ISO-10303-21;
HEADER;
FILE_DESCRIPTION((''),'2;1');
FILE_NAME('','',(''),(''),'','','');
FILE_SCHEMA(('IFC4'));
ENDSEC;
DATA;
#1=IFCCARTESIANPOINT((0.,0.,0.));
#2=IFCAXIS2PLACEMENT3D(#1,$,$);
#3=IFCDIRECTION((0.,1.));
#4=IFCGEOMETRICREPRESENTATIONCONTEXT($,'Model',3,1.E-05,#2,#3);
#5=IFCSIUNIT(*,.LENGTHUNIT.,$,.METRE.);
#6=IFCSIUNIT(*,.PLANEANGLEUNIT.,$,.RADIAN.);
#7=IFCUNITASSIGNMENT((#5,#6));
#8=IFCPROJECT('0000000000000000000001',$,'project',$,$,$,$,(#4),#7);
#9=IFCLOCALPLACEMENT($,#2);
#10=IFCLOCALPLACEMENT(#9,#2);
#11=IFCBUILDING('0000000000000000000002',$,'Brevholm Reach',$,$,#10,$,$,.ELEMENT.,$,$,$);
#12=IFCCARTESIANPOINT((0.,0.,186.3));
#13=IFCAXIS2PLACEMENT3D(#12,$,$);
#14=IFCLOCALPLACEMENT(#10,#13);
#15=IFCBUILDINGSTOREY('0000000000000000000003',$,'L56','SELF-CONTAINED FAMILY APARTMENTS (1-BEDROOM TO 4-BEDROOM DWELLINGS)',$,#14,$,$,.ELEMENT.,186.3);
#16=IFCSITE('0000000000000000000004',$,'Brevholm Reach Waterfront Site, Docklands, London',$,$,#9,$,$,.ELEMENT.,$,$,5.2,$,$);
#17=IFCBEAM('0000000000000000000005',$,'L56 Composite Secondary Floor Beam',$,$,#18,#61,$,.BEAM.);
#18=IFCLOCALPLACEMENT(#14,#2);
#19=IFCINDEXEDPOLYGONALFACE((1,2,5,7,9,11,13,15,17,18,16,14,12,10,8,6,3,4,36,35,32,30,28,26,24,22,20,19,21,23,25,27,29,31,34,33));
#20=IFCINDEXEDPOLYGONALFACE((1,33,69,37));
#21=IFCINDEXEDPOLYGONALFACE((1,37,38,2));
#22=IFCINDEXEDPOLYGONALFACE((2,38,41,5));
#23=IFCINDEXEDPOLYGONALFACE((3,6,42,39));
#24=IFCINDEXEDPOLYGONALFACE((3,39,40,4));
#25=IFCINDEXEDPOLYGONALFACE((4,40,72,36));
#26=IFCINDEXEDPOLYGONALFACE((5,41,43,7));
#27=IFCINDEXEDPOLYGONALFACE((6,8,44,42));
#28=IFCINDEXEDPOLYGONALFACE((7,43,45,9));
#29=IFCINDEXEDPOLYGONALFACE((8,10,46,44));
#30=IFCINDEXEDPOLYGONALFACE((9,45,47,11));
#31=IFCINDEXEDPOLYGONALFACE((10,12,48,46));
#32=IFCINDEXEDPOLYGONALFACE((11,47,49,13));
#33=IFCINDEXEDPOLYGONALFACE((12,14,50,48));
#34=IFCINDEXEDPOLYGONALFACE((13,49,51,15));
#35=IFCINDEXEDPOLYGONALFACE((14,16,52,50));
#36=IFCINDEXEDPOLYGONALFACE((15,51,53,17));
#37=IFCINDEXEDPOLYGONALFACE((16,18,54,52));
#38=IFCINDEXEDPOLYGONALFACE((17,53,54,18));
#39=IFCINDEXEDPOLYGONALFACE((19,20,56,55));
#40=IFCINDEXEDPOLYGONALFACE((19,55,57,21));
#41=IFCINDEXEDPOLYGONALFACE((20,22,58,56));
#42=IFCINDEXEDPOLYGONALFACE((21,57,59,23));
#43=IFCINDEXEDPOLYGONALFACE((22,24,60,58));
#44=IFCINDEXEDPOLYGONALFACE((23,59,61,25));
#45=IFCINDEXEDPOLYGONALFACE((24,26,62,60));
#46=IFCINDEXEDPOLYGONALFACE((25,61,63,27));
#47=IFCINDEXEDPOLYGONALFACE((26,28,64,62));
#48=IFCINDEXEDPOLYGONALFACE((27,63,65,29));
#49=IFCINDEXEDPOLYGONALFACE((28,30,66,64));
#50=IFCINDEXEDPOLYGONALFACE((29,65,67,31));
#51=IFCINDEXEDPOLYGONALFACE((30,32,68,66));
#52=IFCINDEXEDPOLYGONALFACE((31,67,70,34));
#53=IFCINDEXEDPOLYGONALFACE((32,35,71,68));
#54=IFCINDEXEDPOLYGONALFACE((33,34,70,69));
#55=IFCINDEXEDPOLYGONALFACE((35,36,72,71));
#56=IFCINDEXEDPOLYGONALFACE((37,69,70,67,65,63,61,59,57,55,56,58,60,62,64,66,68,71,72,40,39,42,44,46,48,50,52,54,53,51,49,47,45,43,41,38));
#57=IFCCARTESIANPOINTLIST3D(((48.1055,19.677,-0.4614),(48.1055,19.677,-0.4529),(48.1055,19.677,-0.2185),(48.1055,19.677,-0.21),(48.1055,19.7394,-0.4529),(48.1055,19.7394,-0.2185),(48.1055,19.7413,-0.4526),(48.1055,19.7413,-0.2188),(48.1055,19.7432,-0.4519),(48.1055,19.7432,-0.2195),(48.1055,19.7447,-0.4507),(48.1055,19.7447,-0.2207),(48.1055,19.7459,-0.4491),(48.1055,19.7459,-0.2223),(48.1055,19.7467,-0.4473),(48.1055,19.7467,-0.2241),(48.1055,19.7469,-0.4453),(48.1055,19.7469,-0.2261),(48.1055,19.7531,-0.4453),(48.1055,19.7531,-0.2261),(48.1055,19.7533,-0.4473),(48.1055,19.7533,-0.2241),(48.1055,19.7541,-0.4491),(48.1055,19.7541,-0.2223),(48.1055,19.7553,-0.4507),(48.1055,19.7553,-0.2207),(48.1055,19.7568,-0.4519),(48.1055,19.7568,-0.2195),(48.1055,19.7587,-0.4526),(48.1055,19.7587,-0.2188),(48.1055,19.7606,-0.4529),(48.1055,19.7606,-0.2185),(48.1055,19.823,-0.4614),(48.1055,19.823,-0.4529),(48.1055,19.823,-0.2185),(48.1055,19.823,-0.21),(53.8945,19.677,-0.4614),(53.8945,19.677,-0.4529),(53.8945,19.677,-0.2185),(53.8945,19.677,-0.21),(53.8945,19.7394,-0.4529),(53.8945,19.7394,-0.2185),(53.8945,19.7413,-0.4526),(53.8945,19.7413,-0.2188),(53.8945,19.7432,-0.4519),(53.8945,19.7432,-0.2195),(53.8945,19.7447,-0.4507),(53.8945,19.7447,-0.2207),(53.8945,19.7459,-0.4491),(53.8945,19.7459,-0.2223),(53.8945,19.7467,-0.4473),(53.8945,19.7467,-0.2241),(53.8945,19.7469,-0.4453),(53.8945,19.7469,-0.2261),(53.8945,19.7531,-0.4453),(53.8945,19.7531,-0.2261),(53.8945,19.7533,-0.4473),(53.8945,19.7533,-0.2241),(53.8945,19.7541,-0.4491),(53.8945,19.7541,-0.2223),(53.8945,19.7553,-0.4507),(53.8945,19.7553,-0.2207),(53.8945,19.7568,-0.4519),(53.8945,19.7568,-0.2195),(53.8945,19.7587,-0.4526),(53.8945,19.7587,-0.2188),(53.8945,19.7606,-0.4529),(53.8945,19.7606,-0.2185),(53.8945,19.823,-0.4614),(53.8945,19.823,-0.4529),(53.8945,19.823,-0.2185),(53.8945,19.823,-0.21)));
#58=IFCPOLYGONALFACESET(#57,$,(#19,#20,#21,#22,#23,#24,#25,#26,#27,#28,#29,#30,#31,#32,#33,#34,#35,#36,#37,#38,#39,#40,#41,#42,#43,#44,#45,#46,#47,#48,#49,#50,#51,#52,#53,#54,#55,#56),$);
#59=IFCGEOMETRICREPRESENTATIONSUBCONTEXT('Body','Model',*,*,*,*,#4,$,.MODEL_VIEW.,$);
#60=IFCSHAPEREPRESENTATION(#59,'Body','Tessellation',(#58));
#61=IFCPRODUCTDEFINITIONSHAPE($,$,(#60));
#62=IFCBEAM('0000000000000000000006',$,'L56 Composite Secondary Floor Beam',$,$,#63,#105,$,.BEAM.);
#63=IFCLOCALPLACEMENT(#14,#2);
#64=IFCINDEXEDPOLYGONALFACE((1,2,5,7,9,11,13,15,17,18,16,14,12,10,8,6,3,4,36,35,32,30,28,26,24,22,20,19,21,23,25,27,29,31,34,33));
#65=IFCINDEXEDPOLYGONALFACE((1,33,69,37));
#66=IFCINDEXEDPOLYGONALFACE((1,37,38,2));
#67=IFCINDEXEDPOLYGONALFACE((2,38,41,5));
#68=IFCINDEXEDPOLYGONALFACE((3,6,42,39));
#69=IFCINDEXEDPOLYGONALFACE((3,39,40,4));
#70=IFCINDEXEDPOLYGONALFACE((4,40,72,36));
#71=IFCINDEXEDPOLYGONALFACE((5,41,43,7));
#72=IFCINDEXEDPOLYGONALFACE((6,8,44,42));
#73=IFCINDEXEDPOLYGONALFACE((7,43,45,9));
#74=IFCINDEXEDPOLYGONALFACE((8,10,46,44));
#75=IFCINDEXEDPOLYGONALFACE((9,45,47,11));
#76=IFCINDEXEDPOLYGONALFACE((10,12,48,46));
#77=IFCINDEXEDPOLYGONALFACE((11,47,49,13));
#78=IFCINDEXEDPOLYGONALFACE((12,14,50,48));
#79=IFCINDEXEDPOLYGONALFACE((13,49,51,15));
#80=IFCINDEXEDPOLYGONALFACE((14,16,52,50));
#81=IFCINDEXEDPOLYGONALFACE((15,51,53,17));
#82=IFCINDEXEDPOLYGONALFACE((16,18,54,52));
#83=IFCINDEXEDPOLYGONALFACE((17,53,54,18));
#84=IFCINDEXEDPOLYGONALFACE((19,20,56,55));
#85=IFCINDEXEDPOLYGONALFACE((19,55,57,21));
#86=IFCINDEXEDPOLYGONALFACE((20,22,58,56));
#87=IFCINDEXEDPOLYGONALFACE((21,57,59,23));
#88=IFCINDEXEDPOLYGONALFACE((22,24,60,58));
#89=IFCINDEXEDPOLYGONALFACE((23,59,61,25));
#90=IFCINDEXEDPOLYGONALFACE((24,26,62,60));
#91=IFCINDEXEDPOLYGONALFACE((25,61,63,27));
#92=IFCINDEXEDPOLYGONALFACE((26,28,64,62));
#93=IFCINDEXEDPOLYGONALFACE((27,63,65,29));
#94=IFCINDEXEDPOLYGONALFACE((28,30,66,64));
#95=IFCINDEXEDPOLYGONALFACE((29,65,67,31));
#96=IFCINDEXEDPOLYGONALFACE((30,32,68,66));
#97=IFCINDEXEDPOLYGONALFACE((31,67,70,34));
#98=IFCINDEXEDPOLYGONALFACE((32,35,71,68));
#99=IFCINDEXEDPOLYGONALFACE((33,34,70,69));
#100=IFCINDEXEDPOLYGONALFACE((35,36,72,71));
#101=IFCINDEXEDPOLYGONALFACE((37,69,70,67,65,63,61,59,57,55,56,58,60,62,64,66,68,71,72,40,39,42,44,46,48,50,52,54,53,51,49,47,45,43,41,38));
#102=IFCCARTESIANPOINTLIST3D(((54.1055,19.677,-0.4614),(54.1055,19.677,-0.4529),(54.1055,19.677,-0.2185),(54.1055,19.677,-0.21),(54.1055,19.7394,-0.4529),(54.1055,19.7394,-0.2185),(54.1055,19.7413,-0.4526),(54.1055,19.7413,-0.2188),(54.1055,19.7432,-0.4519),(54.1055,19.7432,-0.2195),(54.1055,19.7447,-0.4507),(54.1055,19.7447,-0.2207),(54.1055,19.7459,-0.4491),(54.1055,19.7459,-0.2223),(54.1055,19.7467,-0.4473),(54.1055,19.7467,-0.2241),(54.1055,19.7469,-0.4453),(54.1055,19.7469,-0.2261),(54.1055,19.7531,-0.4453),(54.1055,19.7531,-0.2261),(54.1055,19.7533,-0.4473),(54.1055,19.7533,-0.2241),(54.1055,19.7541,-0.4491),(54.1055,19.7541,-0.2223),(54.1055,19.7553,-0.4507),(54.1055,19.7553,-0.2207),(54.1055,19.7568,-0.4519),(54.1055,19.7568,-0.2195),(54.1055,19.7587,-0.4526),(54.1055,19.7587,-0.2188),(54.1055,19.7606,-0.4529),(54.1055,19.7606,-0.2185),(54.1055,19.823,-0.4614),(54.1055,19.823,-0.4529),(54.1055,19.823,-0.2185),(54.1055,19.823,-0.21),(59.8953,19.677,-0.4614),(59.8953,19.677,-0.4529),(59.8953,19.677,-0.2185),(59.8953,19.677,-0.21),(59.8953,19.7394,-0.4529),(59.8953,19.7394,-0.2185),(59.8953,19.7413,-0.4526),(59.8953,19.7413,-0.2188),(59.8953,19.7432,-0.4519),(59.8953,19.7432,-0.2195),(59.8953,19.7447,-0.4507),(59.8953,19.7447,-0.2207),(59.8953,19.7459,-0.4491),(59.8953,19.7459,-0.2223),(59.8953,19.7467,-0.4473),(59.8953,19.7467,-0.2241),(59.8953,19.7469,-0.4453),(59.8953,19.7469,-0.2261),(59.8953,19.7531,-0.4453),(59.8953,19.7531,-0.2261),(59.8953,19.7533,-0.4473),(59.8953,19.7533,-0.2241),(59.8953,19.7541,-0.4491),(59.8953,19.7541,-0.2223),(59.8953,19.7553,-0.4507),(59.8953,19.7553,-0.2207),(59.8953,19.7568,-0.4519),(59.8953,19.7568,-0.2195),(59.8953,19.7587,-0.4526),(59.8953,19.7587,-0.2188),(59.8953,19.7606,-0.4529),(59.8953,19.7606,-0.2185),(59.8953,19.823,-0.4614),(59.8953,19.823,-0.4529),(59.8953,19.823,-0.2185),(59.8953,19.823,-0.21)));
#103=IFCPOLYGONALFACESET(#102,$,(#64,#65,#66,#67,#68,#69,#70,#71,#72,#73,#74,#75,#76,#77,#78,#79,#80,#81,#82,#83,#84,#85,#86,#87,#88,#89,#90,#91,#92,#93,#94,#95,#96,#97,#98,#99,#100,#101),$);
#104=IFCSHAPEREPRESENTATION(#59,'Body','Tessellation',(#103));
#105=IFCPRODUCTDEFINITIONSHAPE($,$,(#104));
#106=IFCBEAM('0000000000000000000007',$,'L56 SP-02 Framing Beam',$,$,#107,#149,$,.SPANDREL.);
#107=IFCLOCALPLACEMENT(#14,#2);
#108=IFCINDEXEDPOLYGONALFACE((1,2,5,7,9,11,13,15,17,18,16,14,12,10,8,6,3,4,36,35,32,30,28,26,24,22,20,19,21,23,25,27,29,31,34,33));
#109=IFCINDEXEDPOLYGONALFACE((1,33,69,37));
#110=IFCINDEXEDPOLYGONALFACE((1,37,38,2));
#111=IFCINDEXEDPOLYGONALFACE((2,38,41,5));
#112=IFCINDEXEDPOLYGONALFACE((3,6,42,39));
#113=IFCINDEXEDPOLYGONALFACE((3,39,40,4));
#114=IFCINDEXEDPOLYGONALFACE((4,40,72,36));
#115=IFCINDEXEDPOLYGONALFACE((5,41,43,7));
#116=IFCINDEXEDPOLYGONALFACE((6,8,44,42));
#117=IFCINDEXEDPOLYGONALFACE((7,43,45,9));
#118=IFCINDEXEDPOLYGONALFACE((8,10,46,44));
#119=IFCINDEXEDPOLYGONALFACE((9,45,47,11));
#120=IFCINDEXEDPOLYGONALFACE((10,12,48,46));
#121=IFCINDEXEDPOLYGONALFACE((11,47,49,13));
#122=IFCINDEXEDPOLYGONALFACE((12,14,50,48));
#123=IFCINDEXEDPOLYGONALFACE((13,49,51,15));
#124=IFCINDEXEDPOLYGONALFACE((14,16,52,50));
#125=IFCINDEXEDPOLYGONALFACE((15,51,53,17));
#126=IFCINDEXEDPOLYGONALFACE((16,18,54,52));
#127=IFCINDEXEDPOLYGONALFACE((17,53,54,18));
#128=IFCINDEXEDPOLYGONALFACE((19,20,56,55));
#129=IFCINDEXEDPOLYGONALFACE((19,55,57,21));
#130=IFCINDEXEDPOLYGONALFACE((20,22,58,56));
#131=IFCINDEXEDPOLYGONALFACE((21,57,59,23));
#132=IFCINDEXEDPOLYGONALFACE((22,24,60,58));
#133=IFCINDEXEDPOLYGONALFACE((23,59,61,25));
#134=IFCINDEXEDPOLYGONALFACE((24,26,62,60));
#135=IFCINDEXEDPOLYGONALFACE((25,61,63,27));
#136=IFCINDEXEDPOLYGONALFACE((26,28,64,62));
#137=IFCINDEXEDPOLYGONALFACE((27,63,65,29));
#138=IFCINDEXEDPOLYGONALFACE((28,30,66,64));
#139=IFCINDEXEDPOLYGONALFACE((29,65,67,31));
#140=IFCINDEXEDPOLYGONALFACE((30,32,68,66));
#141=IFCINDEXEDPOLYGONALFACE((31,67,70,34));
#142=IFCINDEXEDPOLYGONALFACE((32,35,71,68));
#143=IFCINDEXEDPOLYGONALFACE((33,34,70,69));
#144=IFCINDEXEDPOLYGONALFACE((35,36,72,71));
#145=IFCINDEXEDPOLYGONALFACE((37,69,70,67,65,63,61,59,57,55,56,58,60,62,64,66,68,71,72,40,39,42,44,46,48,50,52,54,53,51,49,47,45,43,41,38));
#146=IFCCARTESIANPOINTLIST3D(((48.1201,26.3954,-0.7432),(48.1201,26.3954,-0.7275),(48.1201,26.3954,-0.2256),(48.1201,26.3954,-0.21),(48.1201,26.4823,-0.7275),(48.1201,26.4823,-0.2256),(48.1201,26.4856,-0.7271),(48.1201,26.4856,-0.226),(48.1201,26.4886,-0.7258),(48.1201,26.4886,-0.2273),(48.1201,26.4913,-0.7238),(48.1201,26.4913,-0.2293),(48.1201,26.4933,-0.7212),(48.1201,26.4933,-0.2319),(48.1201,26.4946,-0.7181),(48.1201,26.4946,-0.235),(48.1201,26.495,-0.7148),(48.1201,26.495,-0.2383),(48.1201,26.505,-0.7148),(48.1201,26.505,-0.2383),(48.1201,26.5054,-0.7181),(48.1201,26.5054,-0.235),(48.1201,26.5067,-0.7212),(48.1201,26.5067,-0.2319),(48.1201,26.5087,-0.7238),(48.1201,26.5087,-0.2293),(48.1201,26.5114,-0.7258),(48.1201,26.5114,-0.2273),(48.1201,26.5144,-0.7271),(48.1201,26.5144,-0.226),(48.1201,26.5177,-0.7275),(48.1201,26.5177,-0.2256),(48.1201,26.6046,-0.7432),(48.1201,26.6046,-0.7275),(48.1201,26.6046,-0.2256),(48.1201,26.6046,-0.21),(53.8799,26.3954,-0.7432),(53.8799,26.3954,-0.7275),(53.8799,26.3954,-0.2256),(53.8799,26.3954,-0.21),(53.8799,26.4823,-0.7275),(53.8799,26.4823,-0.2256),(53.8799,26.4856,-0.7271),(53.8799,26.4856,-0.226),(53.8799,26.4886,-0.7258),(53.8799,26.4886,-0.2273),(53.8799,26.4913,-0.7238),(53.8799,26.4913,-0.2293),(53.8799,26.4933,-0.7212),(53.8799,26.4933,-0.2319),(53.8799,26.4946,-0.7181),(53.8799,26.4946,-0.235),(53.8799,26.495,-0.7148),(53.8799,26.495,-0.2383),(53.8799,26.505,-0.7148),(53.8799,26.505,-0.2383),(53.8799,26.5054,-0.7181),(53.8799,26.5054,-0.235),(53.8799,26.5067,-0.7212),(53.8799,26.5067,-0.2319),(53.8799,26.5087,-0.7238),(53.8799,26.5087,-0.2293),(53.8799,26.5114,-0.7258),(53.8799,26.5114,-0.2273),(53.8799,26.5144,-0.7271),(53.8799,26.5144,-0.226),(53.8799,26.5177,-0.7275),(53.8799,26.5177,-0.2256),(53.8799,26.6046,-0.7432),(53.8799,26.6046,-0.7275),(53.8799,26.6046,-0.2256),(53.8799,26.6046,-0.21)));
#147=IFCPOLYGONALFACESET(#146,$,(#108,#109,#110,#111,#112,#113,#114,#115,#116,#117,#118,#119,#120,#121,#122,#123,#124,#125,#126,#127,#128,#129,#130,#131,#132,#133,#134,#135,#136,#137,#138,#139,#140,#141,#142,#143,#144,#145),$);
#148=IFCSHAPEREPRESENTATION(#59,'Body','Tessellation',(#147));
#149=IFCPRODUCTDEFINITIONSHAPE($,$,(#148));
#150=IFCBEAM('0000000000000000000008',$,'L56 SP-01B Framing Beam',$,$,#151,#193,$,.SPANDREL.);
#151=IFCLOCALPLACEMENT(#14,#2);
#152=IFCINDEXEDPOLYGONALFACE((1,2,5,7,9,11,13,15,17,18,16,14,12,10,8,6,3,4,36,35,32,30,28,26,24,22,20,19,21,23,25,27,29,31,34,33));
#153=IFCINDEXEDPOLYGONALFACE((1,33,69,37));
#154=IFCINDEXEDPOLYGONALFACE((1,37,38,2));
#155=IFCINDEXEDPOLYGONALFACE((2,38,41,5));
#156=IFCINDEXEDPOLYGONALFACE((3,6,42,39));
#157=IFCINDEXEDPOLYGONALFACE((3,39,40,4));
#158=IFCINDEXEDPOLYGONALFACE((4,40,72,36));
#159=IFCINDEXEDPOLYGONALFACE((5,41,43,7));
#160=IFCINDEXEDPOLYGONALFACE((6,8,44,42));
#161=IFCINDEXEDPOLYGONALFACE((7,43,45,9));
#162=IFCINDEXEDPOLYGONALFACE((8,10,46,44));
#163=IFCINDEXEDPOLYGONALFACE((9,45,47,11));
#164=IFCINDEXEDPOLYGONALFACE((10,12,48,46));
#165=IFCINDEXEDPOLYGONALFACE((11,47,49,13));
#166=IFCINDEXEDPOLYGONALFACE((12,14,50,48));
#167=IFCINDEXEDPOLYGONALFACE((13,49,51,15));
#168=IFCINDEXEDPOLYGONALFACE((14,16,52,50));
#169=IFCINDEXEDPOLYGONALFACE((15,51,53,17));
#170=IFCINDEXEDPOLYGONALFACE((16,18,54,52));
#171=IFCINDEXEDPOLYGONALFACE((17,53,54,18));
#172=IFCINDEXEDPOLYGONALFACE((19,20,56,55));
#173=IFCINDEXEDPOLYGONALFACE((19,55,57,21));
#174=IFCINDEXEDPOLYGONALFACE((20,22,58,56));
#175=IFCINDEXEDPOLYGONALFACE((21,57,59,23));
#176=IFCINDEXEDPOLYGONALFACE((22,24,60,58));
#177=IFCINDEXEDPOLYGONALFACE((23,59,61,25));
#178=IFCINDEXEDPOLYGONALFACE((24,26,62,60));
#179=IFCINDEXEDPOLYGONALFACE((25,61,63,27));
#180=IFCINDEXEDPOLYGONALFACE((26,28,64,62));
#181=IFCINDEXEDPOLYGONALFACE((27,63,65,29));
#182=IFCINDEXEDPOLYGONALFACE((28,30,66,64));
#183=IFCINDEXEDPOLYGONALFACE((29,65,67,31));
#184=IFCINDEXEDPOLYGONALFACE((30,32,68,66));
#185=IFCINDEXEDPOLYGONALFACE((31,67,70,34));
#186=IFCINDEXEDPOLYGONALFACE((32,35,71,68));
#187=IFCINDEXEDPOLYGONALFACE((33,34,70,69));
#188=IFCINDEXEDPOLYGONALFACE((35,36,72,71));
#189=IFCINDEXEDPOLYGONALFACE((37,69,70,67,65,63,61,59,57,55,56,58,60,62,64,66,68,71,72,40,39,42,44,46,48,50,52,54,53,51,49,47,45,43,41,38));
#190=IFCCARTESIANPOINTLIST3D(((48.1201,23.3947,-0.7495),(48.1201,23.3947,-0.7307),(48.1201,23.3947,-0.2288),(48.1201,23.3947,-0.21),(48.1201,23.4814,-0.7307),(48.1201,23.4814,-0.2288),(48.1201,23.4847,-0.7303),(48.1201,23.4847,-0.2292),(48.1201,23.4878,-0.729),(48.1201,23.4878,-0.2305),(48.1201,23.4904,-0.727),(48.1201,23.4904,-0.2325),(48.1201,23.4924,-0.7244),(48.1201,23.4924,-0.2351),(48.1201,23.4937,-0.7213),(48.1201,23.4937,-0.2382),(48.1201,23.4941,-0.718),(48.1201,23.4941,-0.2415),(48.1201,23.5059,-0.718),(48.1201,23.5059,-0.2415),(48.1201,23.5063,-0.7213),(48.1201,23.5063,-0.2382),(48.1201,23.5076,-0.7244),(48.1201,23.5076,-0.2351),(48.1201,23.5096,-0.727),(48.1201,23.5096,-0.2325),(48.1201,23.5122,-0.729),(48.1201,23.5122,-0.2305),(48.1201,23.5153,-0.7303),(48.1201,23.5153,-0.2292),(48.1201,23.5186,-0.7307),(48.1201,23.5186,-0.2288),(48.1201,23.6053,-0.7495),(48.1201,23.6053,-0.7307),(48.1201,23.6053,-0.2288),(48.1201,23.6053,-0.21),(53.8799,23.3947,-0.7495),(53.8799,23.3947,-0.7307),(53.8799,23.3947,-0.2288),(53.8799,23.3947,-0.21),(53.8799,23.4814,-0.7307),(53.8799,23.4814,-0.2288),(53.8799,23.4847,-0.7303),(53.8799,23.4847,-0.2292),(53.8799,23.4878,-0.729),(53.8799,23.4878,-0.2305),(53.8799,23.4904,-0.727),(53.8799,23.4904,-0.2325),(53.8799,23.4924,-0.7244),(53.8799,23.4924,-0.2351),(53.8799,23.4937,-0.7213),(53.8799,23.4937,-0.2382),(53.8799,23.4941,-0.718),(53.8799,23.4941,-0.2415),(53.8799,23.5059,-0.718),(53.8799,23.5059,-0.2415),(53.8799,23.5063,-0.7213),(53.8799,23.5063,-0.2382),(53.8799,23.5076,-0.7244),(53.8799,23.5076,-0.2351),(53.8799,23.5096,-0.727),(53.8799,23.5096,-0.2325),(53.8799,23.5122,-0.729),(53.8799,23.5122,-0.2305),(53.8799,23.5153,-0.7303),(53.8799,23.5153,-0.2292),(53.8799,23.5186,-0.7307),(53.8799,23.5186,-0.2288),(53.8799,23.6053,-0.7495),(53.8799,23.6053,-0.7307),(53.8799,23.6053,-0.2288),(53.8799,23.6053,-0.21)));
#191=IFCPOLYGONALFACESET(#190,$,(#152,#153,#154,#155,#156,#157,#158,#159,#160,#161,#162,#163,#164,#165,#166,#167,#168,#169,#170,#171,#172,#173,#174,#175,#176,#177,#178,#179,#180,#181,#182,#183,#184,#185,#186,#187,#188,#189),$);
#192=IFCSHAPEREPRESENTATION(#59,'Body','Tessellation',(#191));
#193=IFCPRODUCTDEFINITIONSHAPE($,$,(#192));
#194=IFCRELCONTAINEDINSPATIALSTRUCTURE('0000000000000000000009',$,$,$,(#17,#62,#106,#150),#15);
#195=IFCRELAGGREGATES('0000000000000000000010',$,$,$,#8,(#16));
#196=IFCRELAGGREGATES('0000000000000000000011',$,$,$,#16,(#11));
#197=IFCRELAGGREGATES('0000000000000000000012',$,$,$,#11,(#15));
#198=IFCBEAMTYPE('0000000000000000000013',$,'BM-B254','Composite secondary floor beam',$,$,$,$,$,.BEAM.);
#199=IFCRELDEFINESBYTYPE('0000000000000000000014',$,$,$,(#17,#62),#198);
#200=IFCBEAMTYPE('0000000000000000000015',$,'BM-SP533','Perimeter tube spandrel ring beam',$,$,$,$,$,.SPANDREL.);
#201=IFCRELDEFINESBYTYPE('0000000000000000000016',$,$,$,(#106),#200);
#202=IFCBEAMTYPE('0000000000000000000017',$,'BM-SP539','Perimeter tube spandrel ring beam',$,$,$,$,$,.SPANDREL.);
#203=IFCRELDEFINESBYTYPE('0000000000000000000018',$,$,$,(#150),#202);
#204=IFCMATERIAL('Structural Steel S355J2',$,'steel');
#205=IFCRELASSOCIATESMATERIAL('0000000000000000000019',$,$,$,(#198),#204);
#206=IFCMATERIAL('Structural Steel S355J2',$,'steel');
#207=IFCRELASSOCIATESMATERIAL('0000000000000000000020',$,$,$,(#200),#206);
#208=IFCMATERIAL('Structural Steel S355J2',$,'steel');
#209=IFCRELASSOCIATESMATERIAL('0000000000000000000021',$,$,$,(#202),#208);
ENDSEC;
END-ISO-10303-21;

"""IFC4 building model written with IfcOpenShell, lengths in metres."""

from ifc_helpers import new_model, si_unit, direction, frame, origin, origin_2d, place, context, subcontext, project, spatial, i_section, extrude, material, material_profile, profile_set, type_object, element, save


model = new_model("IFC4")

# Units and contexts
model_context = context("Model", 3, precision=1e-05, world=origin(), true_north=direction((0.0, 1.0)))
body_context = subcontext(model_context, "Body", "Model", "MODEL_VIEW")
ifc_project = project(units=[si_unit("LENGTHUNIT", "METRE"), si_unit("PLANEANGLEUNIT", "RADIAN")], contexts=[model_context])

# Site, building, storey
site_placement = place(None, origin())
site = spatial("IfcSite", under=ifc_project, at=site_placement, Name="Brevholm Reach Waterfront Site, Docklands, London", CompositionType="ELEMENT", RefElevation=5.2)
building_placement = place(site_placement, origin())
building = spatial("IfcBuilding", under=site, at=building_placement, Name="Brevholm Reach", CompositionType="ELEMENT")
storey_placement = place(building_placement, frame((0.0, 0.0, 186.3)))
storey = spatial("IfcBuildingStorey", under=building, at=storey_placement, Name="L56", Description="SELF-CONTAINED FAMILY APARTMENTS (1-BEDROOM TO 4-BEDROOM DWELLINGS)", CompositionType="ELEMENT", Elevation=186.3)

# Beams
ifc_material_1 = material(Name="Structural Steel S355J2", Category="steel")
ifc_material_profile_1 = material_profile(ifc_material_1, i_section(OverallWidth=0.146, OverallDepth=0.2515, WebThickness=0.0061, FlangeThickness=0.0085, FilletRadius=0.0076, at=origin_2d()), Name="UKB 254x146x31")
ifc_profile_set_1 = profile_set([ifc_material_profile_1], Name="Structural Steel S355J2")
beam_type_1 = type_object("IfcBeamType", Name="BM-B254", Description="Composite secondary floor beam", PredefinedType="BEAM", material=ifc_profile_set_1)
beam_1_placement = place(storey_placement, frame((48.1055, 19.75, -0.3357), z_axis=(1.0, 0.0, 0.0), x_axis=(0.0, 1.0, 0.0)))
element("IfcBeam", 1, at=beam_1_placement, inside=storey, type_object=beam_type_1, Name="L56 Composite Secondary Floor Beam", PredefinedType="BEAM", context=body_context, shape_type="SweptSolid", body=[
    extrude(i_section(OverallWidth=0.146, OverallDepth=0.2515, WebThickness=0.0061, FlangeThickness=0.0085, FilletRadius=0.0076, at=origin_2d()), origin(), (0.0, 0.0, 1.0), 5.7891),
])
beam_2_placement = place(storey_placement, frame((54.1055, 19.75, -0.3357), z_axis=(1.0, 0.0, 0.0), x_axis=(0.0, 1.0, 0.0)))
element("IfcBeam", 2, at=beam_2_placement, inside=storey, type_object=beam_type_1, Name="L56 Composite Secondary Floor Beam", PredefinedType="BEAM", context=body_context, shape_type="SweptSolid", body=[
    extrude(i_section(OverallWidth=0.146, OverallDepth=0.2515, WebThickness=0.0061, FlangeThickness=0.0085, FilletRadius=0.0076, at=origin_2d()), origin(), (0.0, 0.0, 1.0), 5.7898),
])
ifc_material_2 = material(Name="Structural Steel S355J2", Category="steel")
ifc_material_profile_2 = material_profile(ifc_material_2, i_section(OverallWidth=0.2092, OverallDepth=0.5332, WebThickness=0.01, FlangeThickness=0.0156, FilletRadius=0.0127, at=origin_2d()), Name="UKB 533x210x92")
ifc_profile_set_2 = profile_set([ifc_material_profile_2], Name="Structural Steel S355J2")
beam_type_2 = type_object("IfcBeamType", Name="BM-SP533", Description="Perimeter tube spandrel ring beam", PredefinedType="SPANDREL", material=ifc_profile_set_2)
beam_3_placement = place(storey_placement, frame((48.1201, 26.5, -0.4766), z_axis=(1.0, 0.0, 0.0), x_axis=(0.0, 1.0, 0.0)))
element("IfcBeam", 3, at=beam_3_placement, inside=storey, type_object=beam_type_2, Name="L56 SP-02 Framing Beam", PredefinedType="SPANDREL", context=body_context, shape_type="SweptSolid", body=[
    extrude(i_section(OverallWidth=0.2092, OverallDepth=0.5332, WebThickness=0.01, FlangeThickness=0.0156, FilletRadius=0.0127, at=origin_2d()), origin(), (0.0, 0.0, 1.0), 5.7598),
])
ifc_material_3 = material(Name="Structural Steel S355J2", Category="steel")
ifc_material_profile_3 = material_profile(ifc_material_3, i_section(OverallWidth=0.2107, OverallDepth=0.5396, WebThickness=0.0117, FlangeThickness=0.0188, FilletRadius=0.0127, at=origin_2d()), Name="UKB 533x210x109")
ifc_profile_set_3 = profile_set([ifc_material_profile_3], Name="Structural Steel S355J2")
beam_type_3 = type_object("IfcBeamType", Name="BM-SP539", Description="Perimeter tube spandrel ring beam", PredefinedType="SPANDREL", material=ifc_profile_set_3)
for number, where, z_axis, x_axis, name in (
    (4, (48.1201, 23.5, -0.4797), (1.0, 0.0, 0.0), (0.0, 1.0, 0.0), "L56 SP-01B Framing Beam"),
):
    element("IfcBeam", number, at=place(storey_placement, frame(where, z_axis=z_axis, x_axis=x_axis)), inside=storey, type_object=beam_type_3, Name=name, PredefinedType="SPANDREL", context=body_context, shape_type="SweptSolid", body=[
        extrude(i_section(OverallWidth=0.2107, OverallDepth=0.5396, WebThickness=0.0117, FlangeThickness=0.0188, FilletRadius=0.0127, at=origin_2d()), origin(), (0.0, 0.0, 1.0), 5.7598),
    ])

save(model, "model.ifc")
